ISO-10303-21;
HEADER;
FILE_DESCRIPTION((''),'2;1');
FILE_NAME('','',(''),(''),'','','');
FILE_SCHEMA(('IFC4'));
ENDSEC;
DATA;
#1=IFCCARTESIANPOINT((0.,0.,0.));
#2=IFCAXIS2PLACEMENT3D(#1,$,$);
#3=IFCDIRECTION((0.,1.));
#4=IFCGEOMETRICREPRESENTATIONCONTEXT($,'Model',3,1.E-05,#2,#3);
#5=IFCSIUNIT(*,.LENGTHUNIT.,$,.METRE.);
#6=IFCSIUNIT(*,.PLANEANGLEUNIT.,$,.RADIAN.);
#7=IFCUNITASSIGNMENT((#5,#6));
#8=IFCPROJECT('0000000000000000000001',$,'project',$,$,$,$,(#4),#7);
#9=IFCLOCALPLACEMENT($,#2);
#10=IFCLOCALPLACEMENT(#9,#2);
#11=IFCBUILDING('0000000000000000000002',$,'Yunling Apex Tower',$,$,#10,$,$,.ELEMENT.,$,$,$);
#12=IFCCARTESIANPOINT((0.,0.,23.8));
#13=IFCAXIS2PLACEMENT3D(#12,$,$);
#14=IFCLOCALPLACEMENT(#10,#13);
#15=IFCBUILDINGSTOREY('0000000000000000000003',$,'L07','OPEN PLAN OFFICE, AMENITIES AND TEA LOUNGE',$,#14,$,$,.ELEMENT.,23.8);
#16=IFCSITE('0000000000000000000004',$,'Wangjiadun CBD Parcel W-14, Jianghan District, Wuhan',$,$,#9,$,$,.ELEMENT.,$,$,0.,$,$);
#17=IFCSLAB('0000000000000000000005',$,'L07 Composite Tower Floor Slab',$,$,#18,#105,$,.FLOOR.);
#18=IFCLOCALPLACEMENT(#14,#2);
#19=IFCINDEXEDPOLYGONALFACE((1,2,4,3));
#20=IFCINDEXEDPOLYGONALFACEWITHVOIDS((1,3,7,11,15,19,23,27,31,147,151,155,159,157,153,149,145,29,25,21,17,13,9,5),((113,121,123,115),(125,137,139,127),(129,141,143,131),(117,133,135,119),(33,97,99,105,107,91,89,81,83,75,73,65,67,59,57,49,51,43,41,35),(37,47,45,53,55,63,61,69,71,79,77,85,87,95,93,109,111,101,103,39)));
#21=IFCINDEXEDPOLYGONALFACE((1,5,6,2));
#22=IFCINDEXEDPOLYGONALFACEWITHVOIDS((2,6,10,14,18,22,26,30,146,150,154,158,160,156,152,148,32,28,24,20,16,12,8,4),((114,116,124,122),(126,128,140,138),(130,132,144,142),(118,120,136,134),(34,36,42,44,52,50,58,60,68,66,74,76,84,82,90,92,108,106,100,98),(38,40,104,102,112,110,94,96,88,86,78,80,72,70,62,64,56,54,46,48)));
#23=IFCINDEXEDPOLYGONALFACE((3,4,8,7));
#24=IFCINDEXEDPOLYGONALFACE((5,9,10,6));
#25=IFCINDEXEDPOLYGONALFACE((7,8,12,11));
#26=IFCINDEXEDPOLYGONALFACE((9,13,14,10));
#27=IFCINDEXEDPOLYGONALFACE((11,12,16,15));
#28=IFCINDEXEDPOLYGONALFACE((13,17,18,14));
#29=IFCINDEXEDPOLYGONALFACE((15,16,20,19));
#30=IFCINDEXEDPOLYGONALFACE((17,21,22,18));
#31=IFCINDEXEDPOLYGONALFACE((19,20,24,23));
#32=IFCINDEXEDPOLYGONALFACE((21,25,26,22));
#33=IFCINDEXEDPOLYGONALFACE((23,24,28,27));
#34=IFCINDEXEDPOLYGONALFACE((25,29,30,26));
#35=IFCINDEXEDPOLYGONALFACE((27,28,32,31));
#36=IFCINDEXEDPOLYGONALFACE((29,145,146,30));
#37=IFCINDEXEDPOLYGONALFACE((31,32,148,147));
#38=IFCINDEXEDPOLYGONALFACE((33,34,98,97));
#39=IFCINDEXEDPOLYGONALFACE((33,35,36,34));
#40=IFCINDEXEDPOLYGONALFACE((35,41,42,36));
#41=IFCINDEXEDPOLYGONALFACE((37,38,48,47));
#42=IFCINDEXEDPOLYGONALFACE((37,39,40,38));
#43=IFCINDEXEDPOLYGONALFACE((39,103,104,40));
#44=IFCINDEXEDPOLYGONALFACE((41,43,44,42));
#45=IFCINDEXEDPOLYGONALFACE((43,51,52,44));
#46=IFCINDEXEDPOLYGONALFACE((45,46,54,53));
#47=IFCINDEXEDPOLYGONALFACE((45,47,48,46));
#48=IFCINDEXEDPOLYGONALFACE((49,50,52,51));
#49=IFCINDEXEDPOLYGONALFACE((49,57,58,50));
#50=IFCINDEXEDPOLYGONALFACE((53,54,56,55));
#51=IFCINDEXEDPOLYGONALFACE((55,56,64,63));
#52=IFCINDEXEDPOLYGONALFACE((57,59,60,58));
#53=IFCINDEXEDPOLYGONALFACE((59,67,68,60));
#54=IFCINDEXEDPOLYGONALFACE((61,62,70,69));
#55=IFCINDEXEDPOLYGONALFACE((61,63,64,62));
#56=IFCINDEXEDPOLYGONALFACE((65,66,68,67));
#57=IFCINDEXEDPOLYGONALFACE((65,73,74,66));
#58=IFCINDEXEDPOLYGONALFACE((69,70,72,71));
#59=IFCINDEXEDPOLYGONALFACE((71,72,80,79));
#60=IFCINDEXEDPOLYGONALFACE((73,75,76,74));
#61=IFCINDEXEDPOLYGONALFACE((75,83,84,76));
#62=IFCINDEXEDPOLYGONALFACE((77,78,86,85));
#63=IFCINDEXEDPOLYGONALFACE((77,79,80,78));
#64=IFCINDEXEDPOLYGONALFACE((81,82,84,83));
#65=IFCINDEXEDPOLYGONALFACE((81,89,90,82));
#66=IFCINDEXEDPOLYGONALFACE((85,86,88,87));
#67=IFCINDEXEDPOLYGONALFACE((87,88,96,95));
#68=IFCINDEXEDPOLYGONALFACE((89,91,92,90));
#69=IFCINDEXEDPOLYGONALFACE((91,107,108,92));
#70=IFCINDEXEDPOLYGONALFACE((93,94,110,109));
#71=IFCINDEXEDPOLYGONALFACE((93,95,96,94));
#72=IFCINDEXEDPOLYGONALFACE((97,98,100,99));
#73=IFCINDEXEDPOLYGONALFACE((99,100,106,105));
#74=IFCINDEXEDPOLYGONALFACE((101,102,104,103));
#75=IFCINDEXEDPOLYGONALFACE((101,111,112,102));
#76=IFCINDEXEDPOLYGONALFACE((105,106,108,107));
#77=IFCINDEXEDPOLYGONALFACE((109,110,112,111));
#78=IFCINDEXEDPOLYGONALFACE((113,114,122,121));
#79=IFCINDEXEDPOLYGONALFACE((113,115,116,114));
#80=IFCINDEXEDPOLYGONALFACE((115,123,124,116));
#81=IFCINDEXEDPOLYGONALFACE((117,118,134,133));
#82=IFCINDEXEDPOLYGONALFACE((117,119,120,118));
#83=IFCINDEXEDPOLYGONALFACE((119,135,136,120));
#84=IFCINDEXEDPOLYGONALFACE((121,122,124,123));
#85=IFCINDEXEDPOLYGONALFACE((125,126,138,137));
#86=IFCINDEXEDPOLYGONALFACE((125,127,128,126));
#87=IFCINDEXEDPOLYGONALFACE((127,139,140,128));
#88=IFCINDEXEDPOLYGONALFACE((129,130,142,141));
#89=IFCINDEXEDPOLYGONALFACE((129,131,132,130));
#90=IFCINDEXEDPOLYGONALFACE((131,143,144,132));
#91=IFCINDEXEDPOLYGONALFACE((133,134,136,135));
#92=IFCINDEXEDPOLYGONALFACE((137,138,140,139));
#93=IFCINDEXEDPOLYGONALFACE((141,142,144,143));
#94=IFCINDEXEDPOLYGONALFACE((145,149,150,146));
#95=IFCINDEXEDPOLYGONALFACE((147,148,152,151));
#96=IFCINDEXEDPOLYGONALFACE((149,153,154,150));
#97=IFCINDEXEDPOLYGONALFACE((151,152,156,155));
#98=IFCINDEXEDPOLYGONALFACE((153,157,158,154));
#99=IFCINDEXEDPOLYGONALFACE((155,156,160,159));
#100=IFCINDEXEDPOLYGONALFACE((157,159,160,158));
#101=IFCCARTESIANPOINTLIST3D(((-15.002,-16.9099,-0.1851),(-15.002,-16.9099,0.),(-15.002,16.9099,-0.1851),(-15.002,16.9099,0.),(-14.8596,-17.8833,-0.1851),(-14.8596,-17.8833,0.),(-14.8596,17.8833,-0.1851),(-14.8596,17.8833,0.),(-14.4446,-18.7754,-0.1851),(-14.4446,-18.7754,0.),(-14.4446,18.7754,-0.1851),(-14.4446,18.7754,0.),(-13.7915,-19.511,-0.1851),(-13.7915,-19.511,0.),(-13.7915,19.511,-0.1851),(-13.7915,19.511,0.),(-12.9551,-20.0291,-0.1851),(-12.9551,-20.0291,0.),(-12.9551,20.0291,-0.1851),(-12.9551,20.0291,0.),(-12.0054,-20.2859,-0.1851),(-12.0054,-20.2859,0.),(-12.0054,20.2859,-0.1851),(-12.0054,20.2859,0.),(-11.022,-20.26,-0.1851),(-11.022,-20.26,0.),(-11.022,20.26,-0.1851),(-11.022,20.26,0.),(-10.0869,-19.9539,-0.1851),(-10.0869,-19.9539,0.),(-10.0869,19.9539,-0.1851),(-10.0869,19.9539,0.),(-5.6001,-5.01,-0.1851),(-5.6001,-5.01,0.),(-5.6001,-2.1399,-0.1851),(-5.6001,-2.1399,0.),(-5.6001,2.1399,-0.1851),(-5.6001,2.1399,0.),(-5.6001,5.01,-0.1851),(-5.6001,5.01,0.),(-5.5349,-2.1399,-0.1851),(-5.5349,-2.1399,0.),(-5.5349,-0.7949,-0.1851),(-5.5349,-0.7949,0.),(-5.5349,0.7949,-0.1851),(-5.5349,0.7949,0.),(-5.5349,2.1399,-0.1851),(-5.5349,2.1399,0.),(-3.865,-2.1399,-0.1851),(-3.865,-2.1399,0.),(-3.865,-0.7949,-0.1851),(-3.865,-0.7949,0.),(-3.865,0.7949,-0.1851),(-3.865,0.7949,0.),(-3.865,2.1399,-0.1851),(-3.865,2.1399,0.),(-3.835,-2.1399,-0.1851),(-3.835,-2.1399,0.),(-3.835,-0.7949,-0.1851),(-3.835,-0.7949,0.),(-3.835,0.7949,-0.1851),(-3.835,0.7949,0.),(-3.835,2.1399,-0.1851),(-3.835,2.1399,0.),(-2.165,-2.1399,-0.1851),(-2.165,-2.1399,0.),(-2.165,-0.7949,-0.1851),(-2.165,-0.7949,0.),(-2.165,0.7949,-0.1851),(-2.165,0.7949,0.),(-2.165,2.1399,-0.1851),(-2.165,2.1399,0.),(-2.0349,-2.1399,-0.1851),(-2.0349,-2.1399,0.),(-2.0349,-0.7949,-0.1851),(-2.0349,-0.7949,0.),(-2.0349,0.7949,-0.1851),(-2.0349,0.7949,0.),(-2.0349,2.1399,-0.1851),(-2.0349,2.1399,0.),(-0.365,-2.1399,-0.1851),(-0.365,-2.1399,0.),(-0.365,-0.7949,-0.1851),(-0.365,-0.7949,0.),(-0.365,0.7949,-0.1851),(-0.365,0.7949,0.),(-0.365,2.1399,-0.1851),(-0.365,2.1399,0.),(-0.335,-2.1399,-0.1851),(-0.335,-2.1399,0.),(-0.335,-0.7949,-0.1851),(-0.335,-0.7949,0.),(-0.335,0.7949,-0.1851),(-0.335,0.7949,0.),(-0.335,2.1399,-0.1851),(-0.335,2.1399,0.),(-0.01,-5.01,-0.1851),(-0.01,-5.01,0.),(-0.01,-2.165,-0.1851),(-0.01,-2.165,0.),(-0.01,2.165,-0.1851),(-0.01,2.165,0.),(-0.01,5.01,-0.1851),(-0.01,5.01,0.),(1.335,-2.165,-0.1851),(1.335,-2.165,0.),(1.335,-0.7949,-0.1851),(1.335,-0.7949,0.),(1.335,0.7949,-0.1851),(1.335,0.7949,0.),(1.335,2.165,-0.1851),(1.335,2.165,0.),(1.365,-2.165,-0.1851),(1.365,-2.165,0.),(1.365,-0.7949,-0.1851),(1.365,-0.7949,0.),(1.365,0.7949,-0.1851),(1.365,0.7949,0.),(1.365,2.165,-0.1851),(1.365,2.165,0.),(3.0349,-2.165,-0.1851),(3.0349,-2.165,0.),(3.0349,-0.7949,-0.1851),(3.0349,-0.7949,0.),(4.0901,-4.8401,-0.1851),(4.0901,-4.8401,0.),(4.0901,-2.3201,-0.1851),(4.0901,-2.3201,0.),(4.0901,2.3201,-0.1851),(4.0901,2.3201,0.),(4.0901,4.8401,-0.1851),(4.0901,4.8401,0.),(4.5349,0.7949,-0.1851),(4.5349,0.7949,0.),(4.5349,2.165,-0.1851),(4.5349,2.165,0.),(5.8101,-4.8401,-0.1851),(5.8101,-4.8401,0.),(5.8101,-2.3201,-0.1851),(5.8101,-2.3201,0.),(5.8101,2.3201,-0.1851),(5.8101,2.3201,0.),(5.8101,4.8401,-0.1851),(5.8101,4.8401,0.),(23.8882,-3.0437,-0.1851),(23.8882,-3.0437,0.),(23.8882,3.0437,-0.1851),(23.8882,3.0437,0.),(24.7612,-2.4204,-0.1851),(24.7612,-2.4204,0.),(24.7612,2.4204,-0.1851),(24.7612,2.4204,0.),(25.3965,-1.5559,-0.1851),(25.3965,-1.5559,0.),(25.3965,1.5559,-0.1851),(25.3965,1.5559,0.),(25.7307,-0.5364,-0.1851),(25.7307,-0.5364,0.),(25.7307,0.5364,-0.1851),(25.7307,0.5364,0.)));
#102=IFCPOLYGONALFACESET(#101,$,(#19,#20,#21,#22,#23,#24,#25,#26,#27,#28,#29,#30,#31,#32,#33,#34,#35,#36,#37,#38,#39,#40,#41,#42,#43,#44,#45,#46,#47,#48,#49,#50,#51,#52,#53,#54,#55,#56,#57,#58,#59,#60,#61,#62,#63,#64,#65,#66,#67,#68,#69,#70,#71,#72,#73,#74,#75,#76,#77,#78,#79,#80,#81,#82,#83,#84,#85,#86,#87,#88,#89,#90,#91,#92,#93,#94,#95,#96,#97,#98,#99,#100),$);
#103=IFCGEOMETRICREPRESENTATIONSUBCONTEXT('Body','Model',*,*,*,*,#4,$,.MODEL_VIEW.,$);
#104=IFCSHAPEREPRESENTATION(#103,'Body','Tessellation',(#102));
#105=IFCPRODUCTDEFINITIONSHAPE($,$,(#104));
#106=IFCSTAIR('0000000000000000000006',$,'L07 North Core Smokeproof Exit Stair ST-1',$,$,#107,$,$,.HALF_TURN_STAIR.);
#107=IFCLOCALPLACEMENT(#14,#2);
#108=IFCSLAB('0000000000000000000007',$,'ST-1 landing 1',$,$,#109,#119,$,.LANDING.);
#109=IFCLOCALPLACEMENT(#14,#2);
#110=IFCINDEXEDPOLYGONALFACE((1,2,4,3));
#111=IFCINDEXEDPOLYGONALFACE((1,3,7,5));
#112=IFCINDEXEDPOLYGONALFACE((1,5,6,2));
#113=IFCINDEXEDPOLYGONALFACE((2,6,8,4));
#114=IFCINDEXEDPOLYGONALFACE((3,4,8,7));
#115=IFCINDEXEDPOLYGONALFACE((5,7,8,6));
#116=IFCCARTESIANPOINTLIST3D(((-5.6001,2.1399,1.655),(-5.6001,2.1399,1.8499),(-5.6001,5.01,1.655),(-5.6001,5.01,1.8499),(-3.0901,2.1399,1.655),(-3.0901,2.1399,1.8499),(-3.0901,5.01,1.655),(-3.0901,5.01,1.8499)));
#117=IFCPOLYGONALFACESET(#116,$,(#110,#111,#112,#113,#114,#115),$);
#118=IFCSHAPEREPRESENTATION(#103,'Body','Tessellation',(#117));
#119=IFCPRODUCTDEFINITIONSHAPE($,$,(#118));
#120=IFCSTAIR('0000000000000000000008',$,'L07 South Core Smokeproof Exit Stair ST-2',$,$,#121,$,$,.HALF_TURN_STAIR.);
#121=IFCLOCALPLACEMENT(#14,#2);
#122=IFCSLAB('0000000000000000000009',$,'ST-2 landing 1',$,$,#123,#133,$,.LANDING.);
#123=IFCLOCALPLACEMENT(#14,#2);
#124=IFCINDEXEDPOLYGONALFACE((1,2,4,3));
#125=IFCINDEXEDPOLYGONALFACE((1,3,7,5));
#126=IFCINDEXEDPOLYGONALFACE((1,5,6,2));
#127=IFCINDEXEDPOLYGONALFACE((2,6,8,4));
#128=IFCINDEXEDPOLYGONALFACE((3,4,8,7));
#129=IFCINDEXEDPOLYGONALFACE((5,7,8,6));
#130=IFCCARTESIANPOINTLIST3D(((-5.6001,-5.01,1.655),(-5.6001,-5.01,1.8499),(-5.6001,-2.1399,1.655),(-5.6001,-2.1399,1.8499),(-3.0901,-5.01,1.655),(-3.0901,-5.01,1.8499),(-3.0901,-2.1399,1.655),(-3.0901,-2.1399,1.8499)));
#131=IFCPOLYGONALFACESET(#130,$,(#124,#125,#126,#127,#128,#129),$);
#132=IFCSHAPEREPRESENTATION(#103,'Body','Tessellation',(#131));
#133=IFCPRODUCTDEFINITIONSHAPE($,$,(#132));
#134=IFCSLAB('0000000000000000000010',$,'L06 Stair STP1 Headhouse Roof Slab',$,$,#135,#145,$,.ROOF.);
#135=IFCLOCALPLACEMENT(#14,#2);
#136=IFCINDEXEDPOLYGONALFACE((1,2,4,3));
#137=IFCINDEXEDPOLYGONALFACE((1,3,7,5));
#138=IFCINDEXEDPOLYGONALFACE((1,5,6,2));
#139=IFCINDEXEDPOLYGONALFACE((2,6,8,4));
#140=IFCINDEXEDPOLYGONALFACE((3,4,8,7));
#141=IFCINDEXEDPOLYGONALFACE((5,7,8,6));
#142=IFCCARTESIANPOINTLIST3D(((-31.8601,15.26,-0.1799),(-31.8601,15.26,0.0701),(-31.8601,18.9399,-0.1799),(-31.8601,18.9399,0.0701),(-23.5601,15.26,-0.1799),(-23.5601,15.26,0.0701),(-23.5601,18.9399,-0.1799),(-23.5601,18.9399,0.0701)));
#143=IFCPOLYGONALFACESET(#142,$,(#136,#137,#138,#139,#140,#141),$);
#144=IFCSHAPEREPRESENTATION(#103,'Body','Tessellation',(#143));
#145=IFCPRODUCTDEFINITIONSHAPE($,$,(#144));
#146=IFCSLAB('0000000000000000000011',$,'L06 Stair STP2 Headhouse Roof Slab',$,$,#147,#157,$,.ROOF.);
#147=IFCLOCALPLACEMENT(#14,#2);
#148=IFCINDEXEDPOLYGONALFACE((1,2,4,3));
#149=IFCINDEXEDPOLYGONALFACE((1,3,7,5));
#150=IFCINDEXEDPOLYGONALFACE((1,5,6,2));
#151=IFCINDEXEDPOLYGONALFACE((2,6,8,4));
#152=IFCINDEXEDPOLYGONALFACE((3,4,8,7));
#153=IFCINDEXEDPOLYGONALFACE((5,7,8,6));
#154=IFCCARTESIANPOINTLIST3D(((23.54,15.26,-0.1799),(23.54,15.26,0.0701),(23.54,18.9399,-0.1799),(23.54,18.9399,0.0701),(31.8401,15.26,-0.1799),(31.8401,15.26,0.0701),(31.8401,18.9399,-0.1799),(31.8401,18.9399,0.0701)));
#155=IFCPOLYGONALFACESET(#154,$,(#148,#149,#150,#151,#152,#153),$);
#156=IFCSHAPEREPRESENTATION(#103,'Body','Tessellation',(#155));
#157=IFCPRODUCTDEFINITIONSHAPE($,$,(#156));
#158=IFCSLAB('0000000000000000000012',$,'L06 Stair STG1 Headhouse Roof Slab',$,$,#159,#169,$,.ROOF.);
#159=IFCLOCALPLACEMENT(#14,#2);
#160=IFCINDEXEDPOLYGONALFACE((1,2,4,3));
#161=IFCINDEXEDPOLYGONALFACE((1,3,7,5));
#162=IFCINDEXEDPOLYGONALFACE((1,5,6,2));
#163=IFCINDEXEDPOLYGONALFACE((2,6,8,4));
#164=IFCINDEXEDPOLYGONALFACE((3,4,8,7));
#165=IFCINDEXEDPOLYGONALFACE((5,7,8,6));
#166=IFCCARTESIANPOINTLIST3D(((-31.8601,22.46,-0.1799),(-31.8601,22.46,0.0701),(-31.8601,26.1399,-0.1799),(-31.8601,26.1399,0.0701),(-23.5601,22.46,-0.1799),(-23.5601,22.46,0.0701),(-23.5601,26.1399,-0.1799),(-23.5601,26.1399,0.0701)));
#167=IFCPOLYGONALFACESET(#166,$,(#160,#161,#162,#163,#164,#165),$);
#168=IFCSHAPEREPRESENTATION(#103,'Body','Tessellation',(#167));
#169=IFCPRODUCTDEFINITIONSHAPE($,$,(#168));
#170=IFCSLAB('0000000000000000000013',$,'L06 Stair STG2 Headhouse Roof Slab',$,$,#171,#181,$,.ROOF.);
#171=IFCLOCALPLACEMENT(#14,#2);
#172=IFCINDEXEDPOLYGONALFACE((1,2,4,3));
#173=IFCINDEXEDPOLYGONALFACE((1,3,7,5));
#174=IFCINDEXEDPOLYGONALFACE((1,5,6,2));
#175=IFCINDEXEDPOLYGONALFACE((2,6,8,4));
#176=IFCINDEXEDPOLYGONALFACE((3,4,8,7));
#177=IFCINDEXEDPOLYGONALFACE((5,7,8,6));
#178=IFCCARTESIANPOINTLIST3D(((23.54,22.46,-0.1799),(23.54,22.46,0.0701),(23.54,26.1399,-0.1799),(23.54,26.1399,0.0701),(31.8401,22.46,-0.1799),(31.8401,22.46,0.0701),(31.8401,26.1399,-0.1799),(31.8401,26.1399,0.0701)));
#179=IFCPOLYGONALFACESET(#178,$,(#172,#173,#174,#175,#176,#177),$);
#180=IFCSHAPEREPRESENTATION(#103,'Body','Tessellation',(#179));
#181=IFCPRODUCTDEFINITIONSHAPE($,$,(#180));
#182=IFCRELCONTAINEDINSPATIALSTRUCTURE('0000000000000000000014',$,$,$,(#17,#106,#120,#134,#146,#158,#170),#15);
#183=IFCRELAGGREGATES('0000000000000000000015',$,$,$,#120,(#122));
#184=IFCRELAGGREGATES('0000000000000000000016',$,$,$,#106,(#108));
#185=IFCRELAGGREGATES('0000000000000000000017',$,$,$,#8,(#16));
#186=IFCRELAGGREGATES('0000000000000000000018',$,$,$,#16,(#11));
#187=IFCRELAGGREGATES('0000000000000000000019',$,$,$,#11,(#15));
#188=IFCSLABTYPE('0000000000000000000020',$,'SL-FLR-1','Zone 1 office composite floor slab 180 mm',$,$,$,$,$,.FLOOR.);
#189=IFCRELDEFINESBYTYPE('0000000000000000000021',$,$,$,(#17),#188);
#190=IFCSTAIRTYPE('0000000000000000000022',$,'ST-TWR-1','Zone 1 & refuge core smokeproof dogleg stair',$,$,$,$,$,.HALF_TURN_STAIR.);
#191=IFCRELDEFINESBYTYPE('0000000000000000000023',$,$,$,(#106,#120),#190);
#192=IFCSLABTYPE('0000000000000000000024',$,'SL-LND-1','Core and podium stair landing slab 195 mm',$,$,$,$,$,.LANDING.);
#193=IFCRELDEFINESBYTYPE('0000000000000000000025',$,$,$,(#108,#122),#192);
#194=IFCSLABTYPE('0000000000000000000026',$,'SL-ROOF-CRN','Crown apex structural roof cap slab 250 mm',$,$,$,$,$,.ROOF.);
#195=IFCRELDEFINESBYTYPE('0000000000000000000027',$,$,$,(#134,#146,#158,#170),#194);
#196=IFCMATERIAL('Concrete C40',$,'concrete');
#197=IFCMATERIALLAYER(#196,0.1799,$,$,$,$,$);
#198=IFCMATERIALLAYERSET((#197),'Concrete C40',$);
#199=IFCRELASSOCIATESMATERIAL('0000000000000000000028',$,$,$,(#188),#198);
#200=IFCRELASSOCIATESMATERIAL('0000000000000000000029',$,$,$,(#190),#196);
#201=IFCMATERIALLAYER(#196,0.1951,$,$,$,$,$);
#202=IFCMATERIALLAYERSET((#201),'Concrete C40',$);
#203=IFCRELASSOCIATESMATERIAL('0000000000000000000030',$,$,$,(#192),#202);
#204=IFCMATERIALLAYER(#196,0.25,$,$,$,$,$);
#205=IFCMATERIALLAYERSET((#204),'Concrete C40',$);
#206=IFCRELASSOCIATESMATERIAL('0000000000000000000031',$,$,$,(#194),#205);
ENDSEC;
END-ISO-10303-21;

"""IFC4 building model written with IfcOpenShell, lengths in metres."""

from ifc_helpers import new_model, si_unit, direction, frame, origin, place, context, subcontext, project, spatial, polyline, outline, extrude, material, layer, layer_set, type_object, element, aggregate, save


model = new_model("IFC4")

# Units and contexts
model_context = context("Model", 3, precision=1e-05, world=origin(), true_north=direction((0.0, 1.0)))
body_context = subcontext(model_context, "Body", "Model", "MODEL_VIEW")
ifc_project = project(units=[si_unit("LENGTHUNIT", "METRE"), si_unit("PLANEANGLEUNIT", "RADIAN")], contexts=[model_context])

# Site, building, storey
site_placement = place(None, origin())
site = spatial("IfcSite", under=ifc_project, at=site_placement, Name="Wangjiadun CBD Parcel W-14, Jianghan District, Wuhan", CompositionType="ELEMENT", RefElevation=0.0)
building_placement = place(site_placement, origin())
building = spatial("IfcBuilding", under=site, at=building_placement, Name="Yunling Apex Tower", CompositionType="ELEMENT")
storey_placement = place(building_placement, frame((0.0, 0.0, 23.8)))
storey = spatial("IfcBuildingStorey", under=building, at=storey_placement, Name="L07", Description="OPEN PLAN OFFICE, AMENITIES AND TEA LOUNGE", CompositionType="ELEMENT", Elevation=23.8)

# Slab
ifc_material_1 = material(Name="Concrete C40", Category="concrete")
ifc_layer_1 = layer(ifc_material_1, 0.1799)
ifc_layer_set_1 = layer_set([ifc_layer_1], Name="Concrete C40")
slab_type_1 = type_object("IfcSlabType", Name="SL-FLR-1", Description="Zone 1 office composite floor slab 180 mm", PredefinedType="FLOOR", material=ifc_layer_set_1)
slab_1_placement = place(storey_placement, frame((0.0, 0.0, -0.1851)))
element("IfcSlab", 1, at=slab_1_placement, inside=storey, type_object=slab_type_1, Name="L07 Composite Tower Floor Slab", PredefinedType="FLOOR", context=body_context, shape_type="SweptSolid", body=[
    extrude(outline(polyline([(-15.002, -16.9099), (-14.8596, -17.8833), (-14.4446, -18.7754), (-13.7915, -19.511), (-12.9551, -20.0291), (-12.0054, -20.2859), (-11.022, -20.26), (-10.0869, -19.9539), (23.8882, -3.0437), (24.7612, -2.4204), (25.3965, -1.5559), (25.7307, -0.5364), (25.7307, 0.5364), (25.3965, 1.5559), (24.7612, 2.4204), (23.8882, 3.0437), (-10.0869, 19.9539), (-11.022, 20.26), (-12.0054, 20.2859), (-12.9551, 20.0291), (-13.7915, 19.511), (-14.4446, 18.7754), (-14.8596, 17.8833), (-15.002, 16.9099), (-15.002, -16.9099)]), holes=[polyline([(5.8101, -2.3201), (5.8101, -4.8401), (4.0901, -4.8401), (4.0901, -2.3201), (5.8101, -2.3201)]), polyline([(5.8101, 4.8401), (5.8101, 2.3201), (4.0901, 2.3201), (4.0901, 4.8401), (5.8101, 4.8401)]), polyline([(1.365, 2.165), (4.5349, 2.165), (4.5349, 0.7949), (1.365, 0.7949), (1.365, 2.165)]), polyline([(3.0349, -0.7949), (3.0349, -2.165), (1.365, -2.165), (1.365, -0.7949), (3.0349, -0.7949)]), polyline([(-5.5349, -0.7949), (-3.865, -0.7949), (-3.865, -2.1399), (-3.835, -2.1399), (-3.835, -0.7949), (-2.165, -0.7949), (-2.165, -2.1399), (-2.0349, -2.1399), (-2.0349, -0.7949), (-0.365, -0.7949), (-0.365, -2.1399), (-0.335, -2.1399), (-0.335, -0.7949), (1.335, -0.7949), (1.335, -2.165), (-0.01, -2.165), (-0.01, -5.01), (-5.6001, -5.01), (-5.6001, -2.1399), (-5.5349, -2.1399), (-5.5349, -0.7949)]), polyline([(-5.6001, 2.1399), (-5.6001, 5.01), (-0.01, 5.01), (-0.01, 2.165), (1.335, 2.165), (1.335, 0.7949), (-0.335, 0.7949), (-0.335, 2.1399), (-0.365, 2.1399), (-0.365, 0.7949), (-2.0349, 0.7949), (-2.0349, 2.1399), (-2.165, 2.1399), (-2.165, 0.7949), (-3.835, 0.7949), (-3.835, 2.1399), (-3.865, 2.1399), (-3.865, 0.7949), (-5.5349, 0.7949), (-5.5349, 2.1399), (-5.6001, 2.1399)])]), origin(), (0.0, 0.0, 1.0), 0.1851),
])

# Stairs, slabs
stair_type = type_object("IfcStairType", Name="ST-TWR-1", Description="Zone 1 & refuge core smokeproof dogleg stair", PredefinedType="HALF_TURN_STAIR", material=ifc_material_1)
stair_1_placement = place(storey_placement, origin())
stair_1 = element("IfcStair", 2, at=stair_1_placement, inside=storey, type_object=stair_type, Name="L07 North Core Smokeproof Exit Stair ST-1", PredefinedType="HALF_TURN_STAIR")
ifc_layer_2 = layer(ifc_material_1, 0.1951)
ifc_layer_set_2 = layer_set([ifc_layer_2], Name="Concrete C40")
slab_type_2 = type_object("IfcSlabType", Name="SL-LND-1", Description="Core and podium stair landing slab 195 mm", PredefinedType="LANDING", material=ifc_layer_set_2)
slab_2_placement = place(storey_placement, frame((0.0, 0.0, 1.655)))
slab_2 = element("IfcSlab", 3, at=slab_2_placement, type_object=slab_type_2, Name="ST-1 landing 1", PredefinedType="LANDING", context=body_context, shape_type="SweptSolid", body=[
    extrude(outline(polyline([(-3.0901, 5.01), (-5.6001, 5.01), (-5.6001, 2.1399), (-3.0901, 2.1399), (-3.0901, 5.01)])), origin(), (0.0, 0.0, 1.0), 0.1948),
])
stair_2_placement = place(storey_placement, origin())
stair_2 = element("IfcStair", 4, at=stair_2_placement, inside=storey, type_object=stair_type, Name="L07 South Core Smokeproof Exit Stair ST-2", PredefinedType="HALF_TURN_STAIR")
slab_3_placement = place(storey_placement, frame((0.0, 0.0, 1.655)))
slab_3 = element("IfcSlab", 5, at=slab_3_placement, type_object=slab_type_2, Name="ST-2 landing 1", PredefinedType="LANDING", context=body_context, shape_type="SweptSolid", body=[
    extrude(outline(polyline([(-3.0901, -2.1399), (-5.6001, -2.1399), (-5.6001, -5.01), (-3.0901, -5.01), (-3.0901, -2.1399)])), origin(), (0.0, 0.0, 1.0), 0.1948),
])
aggregate(stair_2, [slab_3])

# Slabs
ifc_layer_3 = layer(ifc_material_1, 0.25)
ifc_layer_set_3 = layer_set([ifc_layer_3], Name="Concrete C40")
slab_type_3 = type_object("IfcSlabType", Name="SL-ROOF-CRN", Description="Crown apex structural roof cap slab 250 mm", PredefinedType="ROOF", material=ifc_layer_set_3)
slab_4_placement = place(storey_placement, frame((0.0, 0.0, -0.1799)))
element("IfcSlab", 6, at=slab_4_placement, inside=storey, type_object=slab_type_3, Name="L06 Stair STP1 Headhouse Roof Slab", PredefinedType="ROOF", context=body_context, shape_type="SweptSolid", body=[
    extrude(outline(polyline([(-31.8601, 15.26), (-23.5601, 15.26), (-23.5601, 18.9399), (-31.8601, 18.9399), (-31.8601, 15.26)])), origin(), (0.0, 0.0, 1.0), 0.25),
])
slab_5_placement = place(storey_placement, frame((0.0, 0.0, -0.1799)))
element("IfcSlab", 7, at=slab_5_placement, inside=storey, type_object=slab_type_3, Name="L06 Stair STP2 Headhouse Roof Slab", PredefinedType="ROOF", context=body_context, shape_type="SweptSolid", body=[
    extrude(outline(polyline([(23.54, 15.26), (31.8401, 15.26), (31.8401, 18.9399), (23.54, 18.9399), (23.54, 15.26)])), origin(), (0.0, 0.0, 1.0), 0.25),
])
slab_6_placement = place(storey_placement, frame((0.0, 0.0, -0.1799)))
element("IfcSlab", 8, at=slab_6_placement, inside=storey, type_object=slab_type_3, Name="L06 Stair STG1 Headhouse Roof Slab", PredefinedType="ROOF", context=body_context, shape_type="SweptSolid", body=[
    extrude(outline(polyline([(-31.8601, 22.46), (-23.5601, 22.46), (-23.5601, 26.1399), (-31.8601, 26.1399), (-31.8601, 22.46)])), origin(), (0.0, 0.0, 1.0), 0.25),
])
slab_7_placement = place(storey_placement, frame((0.0, 0.0, -0.1799)))
element("IfcSlab", 9, at=slab_7_placement, inside=storey, type_object=slab_type_3, Name="L06 Stair STG2 Headhouse Roof Slab", PredefinedType="ROOF", context=body_context, shape_type="SweptSolid", body=[
    extrude(outline(polyline([(23.54, 22.46), (31.8401, 22.46), (31.8401, 26.1399), (23.54, 26.1399), (23.54, 22.46)])), origin(), (0.0, 0.0, 1.0), 0.25),
])

aggregate(stair_1, [slab_2])

save(model, "model.ifc")
